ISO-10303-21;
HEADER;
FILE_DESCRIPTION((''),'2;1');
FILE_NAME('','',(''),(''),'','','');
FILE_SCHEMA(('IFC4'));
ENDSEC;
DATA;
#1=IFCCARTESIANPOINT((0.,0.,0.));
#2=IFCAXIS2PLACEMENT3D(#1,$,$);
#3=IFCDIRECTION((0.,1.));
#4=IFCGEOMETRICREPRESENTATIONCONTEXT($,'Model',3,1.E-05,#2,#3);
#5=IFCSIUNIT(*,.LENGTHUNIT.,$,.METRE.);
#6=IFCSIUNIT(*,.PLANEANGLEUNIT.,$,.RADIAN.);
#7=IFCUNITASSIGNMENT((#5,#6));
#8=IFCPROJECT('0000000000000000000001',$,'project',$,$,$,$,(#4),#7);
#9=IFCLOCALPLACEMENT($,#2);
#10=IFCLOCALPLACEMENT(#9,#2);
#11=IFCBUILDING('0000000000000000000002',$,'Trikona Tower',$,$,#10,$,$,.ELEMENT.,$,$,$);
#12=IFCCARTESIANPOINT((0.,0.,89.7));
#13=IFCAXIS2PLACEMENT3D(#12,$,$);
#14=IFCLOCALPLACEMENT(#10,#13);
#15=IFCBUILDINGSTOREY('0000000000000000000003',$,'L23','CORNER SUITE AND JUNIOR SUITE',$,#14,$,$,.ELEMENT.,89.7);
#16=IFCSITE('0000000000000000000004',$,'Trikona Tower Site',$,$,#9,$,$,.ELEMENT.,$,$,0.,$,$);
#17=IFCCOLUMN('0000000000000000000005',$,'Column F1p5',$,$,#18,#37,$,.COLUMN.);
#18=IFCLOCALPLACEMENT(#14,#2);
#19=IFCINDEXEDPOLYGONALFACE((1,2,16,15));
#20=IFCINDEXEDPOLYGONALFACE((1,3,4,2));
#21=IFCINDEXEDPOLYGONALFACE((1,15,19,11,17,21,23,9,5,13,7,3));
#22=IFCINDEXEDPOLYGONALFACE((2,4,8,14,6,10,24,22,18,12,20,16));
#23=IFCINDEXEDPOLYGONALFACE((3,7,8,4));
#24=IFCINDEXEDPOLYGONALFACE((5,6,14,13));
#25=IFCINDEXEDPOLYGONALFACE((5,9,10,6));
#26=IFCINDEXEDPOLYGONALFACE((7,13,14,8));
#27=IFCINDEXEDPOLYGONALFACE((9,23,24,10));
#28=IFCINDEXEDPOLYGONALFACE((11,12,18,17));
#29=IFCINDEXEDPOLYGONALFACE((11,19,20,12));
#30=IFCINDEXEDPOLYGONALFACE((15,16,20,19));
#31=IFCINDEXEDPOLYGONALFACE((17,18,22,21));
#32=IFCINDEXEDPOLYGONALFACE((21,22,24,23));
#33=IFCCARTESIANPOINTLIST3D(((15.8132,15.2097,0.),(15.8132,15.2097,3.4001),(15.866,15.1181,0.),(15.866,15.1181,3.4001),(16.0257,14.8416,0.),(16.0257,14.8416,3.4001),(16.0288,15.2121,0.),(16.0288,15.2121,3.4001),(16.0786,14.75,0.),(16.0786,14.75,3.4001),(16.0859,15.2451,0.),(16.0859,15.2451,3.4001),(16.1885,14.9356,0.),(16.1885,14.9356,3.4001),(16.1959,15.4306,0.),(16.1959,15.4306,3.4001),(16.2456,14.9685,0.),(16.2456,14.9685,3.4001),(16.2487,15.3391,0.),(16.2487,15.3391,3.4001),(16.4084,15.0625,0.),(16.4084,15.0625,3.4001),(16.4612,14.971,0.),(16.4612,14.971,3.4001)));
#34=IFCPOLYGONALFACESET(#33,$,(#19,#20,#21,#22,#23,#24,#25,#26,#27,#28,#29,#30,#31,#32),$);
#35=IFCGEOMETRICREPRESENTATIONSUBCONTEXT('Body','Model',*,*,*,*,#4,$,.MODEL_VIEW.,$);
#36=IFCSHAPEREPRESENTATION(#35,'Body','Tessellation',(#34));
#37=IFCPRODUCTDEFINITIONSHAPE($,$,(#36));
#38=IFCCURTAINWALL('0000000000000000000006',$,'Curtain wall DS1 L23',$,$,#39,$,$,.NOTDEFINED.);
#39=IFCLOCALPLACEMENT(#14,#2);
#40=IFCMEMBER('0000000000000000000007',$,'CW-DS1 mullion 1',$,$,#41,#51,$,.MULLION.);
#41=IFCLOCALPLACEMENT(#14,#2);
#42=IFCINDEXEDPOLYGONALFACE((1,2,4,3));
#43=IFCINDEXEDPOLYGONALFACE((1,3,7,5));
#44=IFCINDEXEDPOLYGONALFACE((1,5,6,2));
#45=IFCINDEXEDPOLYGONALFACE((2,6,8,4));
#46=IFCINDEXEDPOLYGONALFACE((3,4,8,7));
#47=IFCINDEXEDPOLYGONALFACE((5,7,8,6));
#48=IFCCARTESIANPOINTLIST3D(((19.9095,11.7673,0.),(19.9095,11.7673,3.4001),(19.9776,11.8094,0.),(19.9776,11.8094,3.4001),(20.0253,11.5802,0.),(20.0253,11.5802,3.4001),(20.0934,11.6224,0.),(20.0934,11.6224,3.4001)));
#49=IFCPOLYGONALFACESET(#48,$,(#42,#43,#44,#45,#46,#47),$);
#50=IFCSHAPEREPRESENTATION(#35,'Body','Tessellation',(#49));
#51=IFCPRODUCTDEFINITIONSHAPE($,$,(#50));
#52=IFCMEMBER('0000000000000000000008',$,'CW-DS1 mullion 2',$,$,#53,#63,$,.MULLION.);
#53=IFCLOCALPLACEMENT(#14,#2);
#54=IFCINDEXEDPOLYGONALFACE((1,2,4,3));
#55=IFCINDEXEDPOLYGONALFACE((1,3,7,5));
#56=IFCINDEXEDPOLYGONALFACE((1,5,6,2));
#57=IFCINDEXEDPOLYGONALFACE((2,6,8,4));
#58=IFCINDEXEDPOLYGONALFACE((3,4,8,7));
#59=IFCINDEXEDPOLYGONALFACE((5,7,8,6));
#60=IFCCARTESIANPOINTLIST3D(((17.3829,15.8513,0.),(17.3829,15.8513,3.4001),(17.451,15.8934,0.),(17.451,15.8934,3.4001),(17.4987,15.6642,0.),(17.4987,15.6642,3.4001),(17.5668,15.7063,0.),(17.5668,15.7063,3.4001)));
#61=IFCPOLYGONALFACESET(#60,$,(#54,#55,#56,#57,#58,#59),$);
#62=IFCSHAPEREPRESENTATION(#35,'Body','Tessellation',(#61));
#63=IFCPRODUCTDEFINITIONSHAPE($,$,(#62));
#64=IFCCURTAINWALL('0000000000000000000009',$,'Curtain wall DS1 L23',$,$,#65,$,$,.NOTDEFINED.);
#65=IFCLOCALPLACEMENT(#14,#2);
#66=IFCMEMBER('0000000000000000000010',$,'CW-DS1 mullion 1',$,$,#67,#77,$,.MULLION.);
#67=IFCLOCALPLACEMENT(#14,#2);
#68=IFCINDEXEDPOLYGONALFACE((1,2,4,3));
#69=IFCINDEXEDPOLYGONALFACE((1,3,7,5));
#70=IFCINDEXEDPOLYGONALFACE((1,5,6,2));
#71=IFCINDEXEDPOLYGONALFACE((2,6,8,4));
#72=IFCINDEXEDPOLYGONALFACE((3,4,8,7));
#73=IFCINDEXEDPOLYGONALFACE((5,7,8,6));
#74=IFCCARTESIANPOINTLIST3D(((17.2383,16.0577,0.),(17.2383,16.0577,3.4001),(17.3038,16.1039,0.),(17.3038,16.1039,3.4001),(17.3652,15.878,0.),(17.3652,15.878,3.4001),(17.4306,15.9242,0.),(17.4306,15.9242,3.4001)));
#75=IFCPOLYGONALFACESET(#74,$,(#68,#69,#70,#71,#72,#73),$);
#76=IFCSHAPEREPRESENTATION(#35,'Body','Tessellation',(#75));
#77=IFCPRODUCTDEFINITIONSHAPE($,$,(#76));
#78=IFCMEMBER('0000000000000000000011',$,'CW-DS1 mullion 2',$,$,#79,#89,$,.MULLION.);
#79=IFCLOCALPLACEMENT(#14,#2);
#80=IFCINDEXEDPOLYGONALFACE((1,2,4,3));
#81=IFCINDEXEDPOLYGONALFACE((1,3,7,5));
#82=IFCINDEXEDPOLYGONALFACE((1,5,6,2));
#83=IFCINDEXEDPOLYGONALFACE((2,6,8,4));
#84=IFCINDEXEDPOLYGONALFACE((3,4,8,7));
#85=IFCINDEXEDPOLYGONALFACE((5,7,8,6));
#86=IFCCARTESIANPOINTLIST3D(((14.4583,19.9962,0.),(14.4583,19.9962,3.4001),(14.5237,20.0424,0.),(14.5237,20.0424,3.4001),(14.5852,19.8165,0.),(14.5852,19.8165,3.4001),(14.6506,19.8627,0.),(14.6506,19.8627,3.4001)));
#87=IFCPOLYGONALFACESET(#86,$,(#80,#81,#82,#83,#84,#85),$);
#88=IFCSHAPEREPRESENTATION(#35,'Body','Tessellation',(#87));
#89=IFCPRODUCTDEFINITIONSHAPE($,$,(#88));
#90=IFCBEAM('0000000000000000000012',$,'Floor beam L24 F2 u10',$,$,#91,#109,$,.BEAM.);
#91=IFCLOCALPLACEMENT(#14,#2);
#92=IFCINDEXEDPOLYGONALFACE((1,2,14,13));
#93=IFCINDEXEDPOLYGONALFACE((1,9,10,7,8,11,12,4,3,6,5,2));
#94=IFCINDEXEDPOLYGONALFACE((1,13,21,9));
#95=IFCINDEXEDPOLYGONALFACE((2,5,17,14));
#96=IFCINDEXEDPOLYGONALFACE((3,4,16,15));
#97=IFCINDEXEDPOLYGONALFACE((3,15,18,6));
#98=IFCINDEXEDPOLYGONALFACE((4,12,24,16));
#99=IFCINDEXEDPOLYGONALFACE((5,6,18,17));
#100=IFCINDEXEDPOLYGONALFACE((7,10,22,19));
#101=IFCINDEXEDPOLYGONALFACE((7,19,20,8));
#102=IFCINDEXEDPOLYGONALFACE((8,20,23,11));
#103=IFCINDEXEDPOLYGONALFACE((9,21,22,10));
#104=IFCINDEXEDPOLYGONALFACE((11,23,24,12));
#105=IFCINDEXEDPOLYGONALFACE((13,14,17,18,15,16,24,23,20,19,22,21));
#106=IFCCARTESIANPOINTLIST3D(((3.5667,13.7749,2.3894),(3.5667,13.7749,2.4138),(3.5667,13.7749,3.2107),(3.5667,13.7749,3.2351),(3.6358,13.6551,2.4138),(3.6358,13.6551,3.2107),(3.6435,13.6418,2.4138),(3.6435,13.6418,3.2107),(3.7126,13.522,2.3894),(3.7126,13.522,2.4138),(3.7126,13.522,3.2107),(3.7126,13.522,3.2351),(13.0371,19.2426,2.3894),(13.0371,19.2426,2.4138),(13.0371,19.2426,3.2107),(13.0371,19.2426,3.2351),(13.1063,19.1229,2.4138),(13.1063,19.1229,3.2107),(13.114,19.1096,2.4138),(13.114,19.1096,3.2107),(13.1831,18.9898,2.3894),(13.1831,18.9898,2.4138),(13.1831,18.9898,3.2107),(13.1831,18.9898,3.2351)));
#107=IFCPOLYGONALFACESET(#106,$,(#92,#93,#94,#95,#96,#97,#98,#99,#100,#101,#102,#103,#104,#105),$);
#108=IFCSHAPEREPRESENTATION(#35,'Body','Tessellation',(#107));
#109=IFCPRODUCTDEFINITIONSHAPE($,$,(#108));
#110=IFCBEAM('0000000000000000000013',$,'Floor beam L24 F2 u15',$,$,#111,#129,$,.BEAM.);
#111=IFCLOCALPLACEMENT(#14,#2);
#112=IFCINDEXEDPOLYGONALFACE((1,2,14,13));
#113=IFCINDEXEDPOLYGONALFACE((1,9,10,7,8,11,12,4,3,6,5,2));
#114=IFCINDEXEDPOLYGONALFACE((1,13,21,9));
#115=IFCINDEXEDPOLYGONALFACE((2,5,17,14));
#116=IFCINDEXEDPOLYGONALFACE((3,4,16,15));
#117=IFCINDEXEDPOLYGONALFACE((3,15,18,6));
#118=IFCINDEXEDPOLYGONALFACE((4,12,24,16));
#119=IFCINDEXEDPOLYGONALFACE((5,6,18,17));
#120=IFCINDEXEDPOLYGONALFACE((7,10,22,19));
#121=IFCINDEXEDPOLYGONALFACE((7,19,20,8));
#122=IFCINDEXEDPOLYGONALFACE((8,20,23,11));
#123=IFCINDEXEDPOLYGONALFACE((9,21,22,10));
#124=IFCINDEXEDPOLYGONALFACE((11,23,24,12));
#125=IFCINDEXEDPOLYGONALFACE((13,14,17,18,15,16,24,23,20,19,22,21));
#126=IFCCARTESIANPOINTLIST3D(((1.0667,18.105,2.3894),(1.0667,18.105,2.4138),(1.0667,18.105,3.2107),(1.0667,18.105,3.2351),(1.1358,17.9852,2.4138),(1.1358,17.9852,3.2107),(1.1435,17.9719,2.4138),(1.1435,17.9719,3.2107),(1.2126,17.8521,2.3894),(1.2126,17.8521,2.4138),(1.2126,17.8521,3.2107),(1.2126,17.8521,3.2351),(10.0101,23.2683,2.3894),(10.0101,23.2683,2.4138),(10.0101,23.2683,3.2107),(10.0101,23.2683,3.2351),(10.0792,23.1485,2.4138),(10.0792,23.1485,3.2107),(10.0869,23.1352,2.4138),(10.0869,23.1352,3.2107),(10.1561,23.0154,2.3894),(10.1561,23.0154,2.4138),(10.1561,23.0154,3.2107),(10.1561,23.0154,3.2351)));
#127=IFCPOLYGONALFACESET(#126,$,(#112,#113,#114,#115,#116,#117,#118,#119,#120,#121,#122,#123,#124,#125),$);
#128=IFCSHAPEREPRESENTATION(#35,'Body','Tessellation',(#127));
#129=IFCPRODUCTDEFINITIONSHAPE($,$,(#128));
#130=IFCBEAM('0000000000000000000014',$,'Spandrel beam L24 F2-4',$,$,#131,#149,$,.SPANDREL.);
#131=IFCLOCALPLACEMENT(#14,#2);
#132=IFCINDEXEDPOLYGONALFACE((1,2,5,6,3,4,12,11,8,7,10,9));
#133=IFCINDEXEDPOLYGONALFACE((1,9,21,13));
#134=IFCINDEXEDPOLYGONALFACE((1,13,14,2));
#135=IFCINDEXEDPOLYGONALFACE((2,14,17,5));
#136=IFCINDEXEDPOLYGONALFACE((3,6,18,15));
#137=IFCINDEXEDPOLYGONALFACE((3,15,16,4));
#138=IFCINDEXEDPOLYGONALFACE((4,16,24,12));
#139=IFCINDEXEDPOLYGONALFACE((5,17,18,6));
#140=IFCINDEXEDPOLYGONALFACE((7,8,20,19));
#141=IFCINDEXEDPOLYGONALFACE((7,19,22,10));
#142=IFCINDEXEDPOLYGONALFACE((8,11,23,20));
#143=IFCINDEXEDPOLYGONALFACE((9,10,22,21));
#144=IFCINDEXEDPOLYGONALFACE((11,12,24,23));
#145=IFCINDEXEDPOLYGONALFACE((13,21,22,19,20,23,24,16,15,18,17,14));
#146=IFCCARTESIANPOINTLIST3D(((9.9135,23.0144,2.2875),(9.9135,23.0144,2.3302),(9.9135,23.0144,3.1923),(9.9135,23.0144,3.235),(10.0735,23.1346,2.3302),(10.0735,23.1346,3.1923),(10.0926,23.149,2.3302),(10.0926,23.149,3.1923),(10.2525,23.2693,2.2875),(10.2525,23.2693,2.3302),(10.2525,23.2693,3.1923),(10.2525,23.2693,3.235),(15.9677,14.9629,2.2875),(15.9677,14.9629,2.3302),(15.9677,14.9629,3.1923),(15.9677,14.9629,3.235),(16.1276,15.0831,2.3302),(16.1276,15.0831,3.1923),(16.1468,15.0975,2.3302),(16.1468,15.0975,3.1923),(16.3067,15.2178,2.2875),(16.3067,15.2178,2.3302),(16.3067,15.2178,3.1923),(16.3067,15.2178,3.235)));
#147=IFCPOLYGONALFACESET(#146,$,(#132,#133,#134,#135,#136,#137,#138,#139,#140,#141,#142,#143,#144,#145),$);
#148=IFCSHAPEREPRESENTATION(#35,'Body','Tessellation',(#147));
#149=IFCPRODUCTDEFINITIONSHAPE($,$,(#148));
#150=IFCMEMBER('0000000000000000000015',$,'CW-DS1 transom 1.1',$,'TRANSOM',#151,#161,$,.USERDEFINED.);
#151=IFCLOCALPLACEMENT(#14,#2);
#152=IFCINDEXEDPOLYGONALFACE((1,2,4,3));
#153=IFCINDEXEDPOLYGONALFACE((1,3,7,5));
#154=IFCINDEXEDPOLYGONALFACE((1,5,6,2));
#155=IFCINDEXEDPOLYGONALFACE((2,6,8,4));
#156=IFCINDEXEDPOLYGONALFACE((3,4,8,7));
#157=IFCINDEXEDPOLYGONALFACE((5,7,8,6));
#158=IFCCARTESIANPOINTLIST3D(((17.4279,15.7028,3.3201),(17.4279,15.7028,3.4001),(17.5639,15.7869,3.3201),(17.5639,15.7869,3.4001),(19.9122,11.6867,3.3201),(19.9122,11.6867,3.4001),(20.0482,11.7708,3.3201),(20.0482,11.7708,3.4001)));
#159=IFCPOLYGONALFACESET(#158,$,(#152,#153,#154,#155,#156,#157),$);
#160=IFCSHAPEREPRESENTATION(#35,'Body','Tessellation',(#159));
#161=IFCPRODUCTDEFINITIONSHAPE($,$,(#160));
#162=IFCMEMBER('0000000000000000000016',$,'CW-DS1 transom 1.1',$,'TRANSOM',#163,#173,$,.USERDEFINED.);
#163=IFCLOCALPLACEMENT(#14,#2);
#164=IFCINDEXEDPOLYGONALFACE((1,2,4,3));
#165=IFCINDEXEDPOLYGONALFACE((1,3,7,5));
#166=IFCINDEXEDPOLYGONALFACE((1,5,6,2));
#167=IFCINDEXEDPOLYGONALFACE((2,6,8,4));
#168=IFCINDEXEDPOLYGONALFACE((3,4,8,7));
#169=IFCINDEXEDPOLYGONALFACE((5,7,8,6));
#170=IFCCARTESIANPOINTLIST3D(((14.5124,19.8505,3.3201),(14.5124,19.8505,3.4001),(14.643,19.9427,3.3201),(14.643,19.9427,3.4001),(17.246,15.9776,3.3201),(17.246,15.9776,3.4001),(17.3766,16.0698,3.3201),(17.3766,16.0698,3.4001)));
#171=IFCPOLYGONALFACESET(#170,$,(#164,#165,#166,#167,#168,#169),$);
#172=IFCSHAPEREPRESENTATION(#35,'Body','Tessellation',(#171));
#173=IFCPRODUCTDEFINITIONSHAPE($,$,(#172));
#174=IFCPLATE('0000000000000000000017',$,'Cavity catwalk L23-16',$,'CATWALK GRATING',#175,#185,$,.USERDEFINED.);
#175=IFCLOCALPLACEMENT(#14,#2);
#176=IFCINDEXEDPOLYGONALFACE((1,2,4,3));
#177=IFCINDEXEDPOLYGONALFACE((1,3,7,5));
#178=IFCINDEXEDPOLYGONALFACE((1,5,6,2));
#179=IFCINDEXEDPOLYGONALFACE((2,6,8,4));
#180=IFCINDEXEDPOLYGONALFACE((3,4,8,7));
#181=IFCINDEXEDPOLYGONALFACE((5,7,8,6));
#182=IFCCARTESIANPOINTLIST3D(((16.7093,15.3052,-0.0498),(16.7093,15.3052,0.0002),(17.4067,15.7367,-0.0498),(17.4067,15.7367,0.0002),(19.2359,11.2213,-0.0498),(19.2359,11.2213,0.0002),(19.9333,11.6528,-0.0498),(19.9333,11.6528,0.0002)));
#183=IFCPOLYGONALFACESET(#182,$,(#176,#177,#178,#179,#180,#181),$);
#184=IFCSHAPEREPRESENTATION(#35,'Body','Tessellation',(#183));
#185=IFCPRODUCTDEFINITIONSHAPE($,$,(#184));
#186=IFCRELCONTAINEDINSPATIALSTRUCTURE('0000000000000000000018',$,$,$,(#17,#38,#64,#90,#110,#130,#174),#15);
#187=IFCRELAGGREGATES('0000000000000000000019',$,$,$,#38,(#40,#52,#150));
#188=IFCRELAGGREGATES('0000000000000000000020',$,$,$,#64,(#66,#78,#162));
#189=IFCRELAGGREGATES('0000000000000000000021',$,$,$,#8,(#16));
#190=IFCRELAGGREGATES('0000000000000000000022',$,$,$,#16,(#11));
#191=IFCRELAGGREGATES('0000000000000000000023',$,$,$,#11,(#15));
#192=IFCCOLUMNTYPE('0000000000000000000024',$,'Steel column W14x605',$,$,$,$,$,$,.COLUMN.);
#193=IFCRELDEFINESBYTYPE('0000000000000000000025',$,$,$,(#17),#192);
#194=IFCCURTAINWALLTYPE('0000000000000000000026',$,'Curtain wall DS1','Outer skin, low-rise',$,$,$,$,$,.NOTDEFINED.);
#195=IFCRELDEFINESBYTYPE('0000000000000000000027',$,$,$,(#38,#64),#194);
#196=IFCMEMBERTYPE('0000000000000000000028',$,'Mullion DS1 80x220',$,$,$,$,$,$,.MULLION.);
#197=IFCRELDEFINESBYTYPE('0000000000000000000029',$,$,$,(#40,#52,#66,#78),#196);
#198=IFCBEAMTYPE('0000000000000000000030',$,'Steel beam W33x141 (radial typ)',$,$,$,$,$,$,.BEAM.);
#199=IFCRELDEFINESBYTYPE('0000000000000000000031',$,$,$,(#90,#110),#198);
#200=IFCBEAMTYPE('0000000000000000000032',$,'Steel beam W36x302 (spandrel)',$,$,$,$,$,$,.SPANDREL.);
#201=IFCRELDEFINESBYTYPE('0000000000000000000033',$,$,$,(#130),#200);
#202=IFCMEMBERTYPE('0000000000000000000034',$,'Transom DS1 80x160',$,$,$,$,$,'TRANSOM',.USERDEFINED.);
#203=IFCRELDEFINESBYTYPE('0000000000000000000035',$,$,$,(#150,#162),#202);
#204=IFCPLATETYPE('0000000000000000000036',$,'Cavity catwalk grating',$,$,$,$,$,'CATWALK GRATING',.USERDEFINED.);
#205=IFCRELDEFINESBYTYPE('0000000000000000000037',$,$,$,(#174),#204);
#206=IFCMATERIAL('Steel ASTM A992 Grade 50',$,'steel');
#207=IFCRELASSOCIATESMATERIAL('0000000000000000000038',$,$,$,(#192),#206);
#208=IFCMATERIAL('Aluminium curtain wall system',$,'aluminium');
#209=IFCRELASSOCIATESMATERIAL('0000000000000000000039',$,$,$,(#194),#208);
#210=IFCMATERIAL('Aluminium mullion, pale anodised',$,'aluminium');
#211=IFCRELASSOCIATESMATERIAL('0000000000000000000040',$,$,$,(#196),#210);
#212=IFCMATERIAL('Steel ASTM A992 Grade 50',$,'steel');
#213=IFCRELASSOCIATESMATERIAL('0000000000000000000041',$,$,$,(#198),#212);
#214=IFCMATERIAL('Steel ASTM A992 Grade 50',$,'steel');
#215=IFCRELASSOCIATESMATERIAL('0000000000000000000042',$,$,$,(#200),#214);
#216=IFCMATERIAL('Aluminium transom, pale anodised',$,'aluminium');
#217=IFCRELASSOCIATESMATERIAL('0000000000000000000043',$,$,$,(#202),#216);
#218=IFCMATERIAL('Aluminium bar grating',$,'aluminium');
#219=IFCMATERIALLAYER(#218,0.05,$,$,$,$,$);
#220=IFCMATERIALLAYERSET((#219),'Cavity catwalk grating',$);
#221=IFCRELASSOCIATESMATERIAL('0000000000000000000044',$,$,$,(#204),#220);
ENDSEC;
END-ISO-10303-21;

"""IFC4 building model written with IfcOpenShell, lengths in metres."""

from ifc_helpers import new_model, si_unit, direction, frame, origin, origin_2d, place, context, subcontext, project, spatial, rectangle, i_section, extrude, material, layer, layer_set, material_profile, profile_set, type_object, element, aggregate, save


model = new_model("IFC4")

# Units and contexts
model_context = context("Model", 3, precision=1e-05, world=origin(), true_north=direction((0.0, 1.0)))
body_context = subcontext(model_context, "Body", "Model", "MODEL_VIEW")
ifc_project = project(units=[si_unit("LENGTHUNIT", "METRE"), si_unit("PLANEANGLEUNIT", "RADIAN")], contexts=[model_context])

# Site, building, storey
site_placement = place(None, origin())
site = spatial("IfcSite", under=ifc_project, at=site_placement, Name="Trikona Tower Site", CompositionType="ELEMENT", RefElevation=0.0)
building_placement = place(site_placement, origin())
building = spatial("IfcBuilding", under=site, at=building_placement, Name="Trikona Tower", CompositionType="ELEMENT")
storey_placement = place(building_placement, frame((0.0, 0.0, 89.7)))
storey = spatial("IfcBuildingStorey", under=building, at=storey_placement, Name="L23", Description="CORNER SUITE AND JUNIOR SUITE", CompositionType="ELEMENT", Elevation=89.7)

# Column
ifc_material_1 = material(Name="Steel ASTM A992 Grade 50", Category="steel")
ifc_material_profile_1 = material_profile(ifc_material_1, i_section(OverallWidth=0.4419, OverallDepth=0.5308, WebThickness=0.0659, FlangeThickness=0.1057, at=origin_2d()), Name="W14X605")
ifc_profile_set_1 = profile_set([ifc_material_profile_1], Name="Steel ASTM A992 Grade 50")
column_type = type_object("IfcColumnType", Name="Steel column W14x605", PredefinedType="COLUMN", material=ifc_profile_set_1)
column_placement = place(storey_placement, frame((16.1372, 15.0903, 0.0), z_axis=(0.0, 0.0, 1.0), x_axis=(0.866025, 0.5, 0.0)))
element("IfcColumn", 1, at=column_placement, inside=storey, type_object=column_type, Name="Column F1p5", PredefinedType="COLUMN", context=body_context, shape_type="SweptSolid", body=[
    extrude(i_section(OverallWidth=0.4419, OverallDepth=0.5308, WebThickness=0.0659, FlangeThickness=0.1057, at=origin_2d()), origin(), (0.0, 0.0, 1.0), 3.4001),
])

# Curtain walls, members
ifc_material_2 = material(Name="Aluminium curtain wall system", Category="aluminium")
curtain_wall_type = type_object("IfcCurtainWallType", Name="Curtain wall DS1", Description="Outer skin, low-rise", PredefinedType="NOTDEFINED", material=ifc_material_2)
curtain_wall_1_placement = place(storey_placement, origin())
curtain_wall_1 = element("IfcCurtainWall", 2, at=curtain_wall_1_placement, inside=storey, type_object=curtain_wall_type, Name="Curtain wall DS1 L23", PredefinedType="NOTDEFINED")
ifc_material_3 = material(Name="Aluminium mullion, pale anodised", Category="aluminium")
ifc_material_profile_2 = material_profile(ifc_material_3, rectangle(XDim=0.0801, YDim=0.22, at=origin_2d()), Name="MUL-DS1")
ifc_profile_set_2 = profile_set([ifc_material_profile_2], Name="Aluminium mullion, pale anodised")
member_type_1 = type_object("IfcMemberType", Name="Mullion DS1 80x220", PredefinedType="MULLION", material=ifc_profile_set_2)
member_1_placement = place(storey_placement, frame((20.0015, 11.6948, 0.0), z_axis=(0.0, 0.0, 1.0), x_axis=(-0.85041, -0.52612, 0.0)))
member_1 = element("IfcMember", 3, at=member_1_placement, type_object=member_type_1, Name="CW-DS1 mullion 1", PredefinedType="MULLION", context=body_context, shape_type="SweptSolid", body=[
    extrude(rectangle(XDim=0.0801, YDim=0.22, at=origin_2d()), origin(), (0.0, 0.0, 1.0), 3.4001),
])
member_2_placement = place(storey_placement, frame((17.4749, 15.7788, 0.0), z_axis=(0.0, 0.0, 1.0), x_axis=(-0.85041, -0.52612, 0.0)))
member_2 = element("IfcMember", 4, at=member_2_placement, type_object=member_type_1, Name="CW-DS1 mullion 2", PredefinedType="MULLION", context=body_context, shape_type="SweptSolid", body=[
    extrude(rectangle(XDim=0.0801, YDim=0.22, at=origin_2d()), origin(), (0.0, 0.0, 1.0), 3.4001),
])
curtain_wall_2_placement = place(storey_placement, origin())
curtain_wall_2 = element("IfcCurtainWall", 5, at=curtain_wall_2_placement, inside=storey, type_object=curtain_wall_type, Name="Curtain wall DS1 L23", PredefinedType="NOTDEFINED")
member_3_placement = place(storey_placement, frame((17.3345, 15.991, 0.0), z_axis=(0.0, 0.0, 1.0), x_axis=(-0.816985, -0.576658, 0.0)))
member_3 = element("IfcMember", 6, at=member_3_placement, type_object=member_type_1, Name="CW-DS1 mullion 1", PredefinedType="MULLION", context=body_context, shape_type="SweptSolid", body=[
    extrude(rectangle(XDim=0.0801, YDim=0.22, at=origin_2d()), origin(), (0.0, 0.0, 1.0), 3.4001),
])
member_4_placement = place(storey_placement, frame((14.5544, 19.9294, 0.0), z_axis=(0.0, 0.0, 1.0), x_axis=(-0.816985, -0.576658, 0.0)))
member_4 = element("IfcMember", 7, at=member_4_placement, type_object=member_type_1, Name="CW-DS1 mullion 2", PredefinedType="MULLION", context=body_context, shape_type="SweptSolid", body=[
    extrude(rectangle(XDim=0.0801, YDim=0.22, at=origin_2d()), origin(), (0.0, 0.0, 1.0), 3.4001),
])

# Beams
ifc_material_4 = material(Name="Steel ASTM A992 Grade 50", Category="steel")
ifc_material_profile_3 = material_profile(ifc_material_4, i_section(OverallWidth=0.292, OverallDepth=0.8457, WebThickness=0.0154, FlangeThickness=0.0244, at=origin_2d()), Name="W33X141")
ifc_profile_set_3 = profile_set([ifc_material_profile_3], Name="Steel ASTM A992 Grade 50")
beam_type_1 = type_object("IfcBeamType", Name="Steel beam W33x141 (radial typ)", PredefinedType="BEAM", material=ifc_profile_set_3)
beam_1_placement = place(storey_placement, frame((3.6396, 13.6484, 2.8123), z_axis=(0.866025, 0.5, 0.0), x_axis=(-0.5, 0.866025, 0.0)))
element("IfcBeam", 8, at=beam_1_placement, inside=storey, type_object=beam_type_1, Name="Floor beam L24 F2 u10", PredefinedType="BEAM", context=body_context, shape_type="SweptSolid", body=[
    extrude(i_section(OverallWidth=0.292, OverallDepth=0.8457, WebThickness=0.0154, FlangeThickness=0.0244, at=origin_2d()), origin(), (0.0, 0.0, 1.0), 10.9355),
])
beam_2_placement = place(storey_placement, frame((1.1396, 17.9785, 2.8123), z_axis=(0.86603, 0.499991, 0.0), x_axis=(-0.499991, 0.86603, 0.0)))
element("IfcBeam", 9, at=beam_2_placement, inside=storey, type_object=beam_type_1, Name="Floor beam L24 F2 u15", PredefinedType="BEAM", context=body_context, shape_type="SweptSolid", body=[
    extrude(i_section(OverallWidth=0.292, OverallDepth=0.8457, WebThickness=0.0154, FlangeThickness=0.0244, at=origin_2d()), origin(), (0.0, 0.0, 1.0), 10.3269),
])
ifc_material_5 = material(Name="Steel ASTM A992 Grade 50", Category="steel")
ifc_material_profile_4 = material_profile(ifc_material_5, i_section(OverallWidth=0.4241, OverallDepth=0.9475, WebThickness=0.0239, FlangeThickness=0.0427, at=origin_2d()), Name="W36X302")
ifc_profile_set_4 = profile_set([ifc_material_profile_4], Name="Steel ASTM A992 Grade 50")
beam_type_2 = type_object("IfcBeamType", Name="Steel beam W36x302 (spandrel)", PredefinedType="SPANDREL", material=ifc_profile_set_4)
beam_3_placement = place(storey_placement, frame((16.1372, 15.0903, 2.7612), z_axis=(-0.600988, 0.799258, 0.0), x_axis=(-0.799258, -0.600988, 0.0)))
element("IfcBeam", 10, at=beam_3_placement, inside=storey, type_object=beam_type_2, Name="Spandrel beam L24 F2-4", PredefinedType="SPANDREL", context=body_context, shape_type="SweptSolid", body=[
    extrude(i_section(OverallWidth=0.4241, OverallDepth=0.9475, WebThickness=0.0239, FlangeThickness=0.0427, at=origin_2d()), origin(), (0.0, 0.0, 1.0), 10.0737),
])

# Members
ifc_material_6 = material(Name="Aluminium transom, pale anodised", Category="aluminium")
ifc_material_profile_5 = material_profile(ifc_material_6, rectangle(XDim=0.1599, YDim=0.0801, at=origin_2d()), Name="TRN-DS1")
ifc_profile_set_5 = profile_set([ifc_material_profile_5], Name="Aluminium transom, pale anodised")
member_type_2 = type_object("IfcMemberType", Name="Transom DS1 80x160", ElementType="TRANSOM", PredefinedType="USERDEFINED", material=ifc_profile_set_5)
member_5_placement = place(storey_placement, frame((19.9802, 11.7288, 3.3601), z_axis=(-0.526081, 0.850435, 0.0), x_axis=(-0.850435, -0.526081, 0.0)))
member_5 = element("IfcMember", 11, at=member_5_placement, type_object=member_type_2, Name="CW-DS1 transom 1.1", ObjectType="TRANSOM", PredefinedType="USERDEFINED", context=body_context, shape_type="SweptSolid", body=[
    extrude(rectangle(XDim=0.1599, YDim=0.0801, at=origin_2d()), origin(), (0.0, 0.0, 1.0), 4.7224),
])
member_6_placement = place(storey_placement, frame((17.3113, 16.0237, 3.3601), z_axis=(-0.576645, 0.816995, 0.0), x_axis=(-0.816995, -0.576645, 0.0)))
member_6 = element("IfcMember", 12, at=member_6_placement, type_object=member_type_2, Name="CW-DS1 transom 1.1", ObjectType="TRANSOM", PredefinedType="USERDEFINED", context=body_context, shape_type="SweptSolid", body=[
    extrude(rectangle(XDim=0.1599, YDim=0.0801, at=origin_2d()), origin(), (0.0, 0.0, 1.0), 4.7405),
])

# Plate
ifc_material_7 = material(Name="Aluminium bar grating", Category="aluminium")
ifc_layer_1 = layer(ifc_material_7, 0.05)
ifc_layer_set_1 = layer_set([ifc_layer_1], Name="Cavity catwalk grating")
plate_type_1 = type_object("IfcPlateType", Name="Cavity catwalk grating", ElementType="CATWALK GRATING", PredefinedType="USERDEFINED", material=ifc_layer_set_1)
plate_1_placement = place(storey_placement, frame((18.3213, 13.479, -0.0498), z_axis=(0.0, 0.0, 1.0), x_axis=(-0.526119, 0.850411, 0.0)))
element("IfcPlate", 13, at=plate_1_placement, inside=storey, type_object=plate_type_1, Name="Cavity catwalk L23-16", ObjectType="CATWALK GRATING", PredefinedType="USERDEFINED", context=body_context, shape_type="SweptSolid", body=[
    extrude(rectangle(XDim=4.8022, YDim=0.8201, at=origin_2d()), origin(), (0.0, 0.0, 1.0), 0.05),
])

aggregate(curtain_wall_1, [member_1, member_2, member_5])
aggregate(curtain_wall_2, [member_3, member_4, member_6])

save(model, "model.ifc")
